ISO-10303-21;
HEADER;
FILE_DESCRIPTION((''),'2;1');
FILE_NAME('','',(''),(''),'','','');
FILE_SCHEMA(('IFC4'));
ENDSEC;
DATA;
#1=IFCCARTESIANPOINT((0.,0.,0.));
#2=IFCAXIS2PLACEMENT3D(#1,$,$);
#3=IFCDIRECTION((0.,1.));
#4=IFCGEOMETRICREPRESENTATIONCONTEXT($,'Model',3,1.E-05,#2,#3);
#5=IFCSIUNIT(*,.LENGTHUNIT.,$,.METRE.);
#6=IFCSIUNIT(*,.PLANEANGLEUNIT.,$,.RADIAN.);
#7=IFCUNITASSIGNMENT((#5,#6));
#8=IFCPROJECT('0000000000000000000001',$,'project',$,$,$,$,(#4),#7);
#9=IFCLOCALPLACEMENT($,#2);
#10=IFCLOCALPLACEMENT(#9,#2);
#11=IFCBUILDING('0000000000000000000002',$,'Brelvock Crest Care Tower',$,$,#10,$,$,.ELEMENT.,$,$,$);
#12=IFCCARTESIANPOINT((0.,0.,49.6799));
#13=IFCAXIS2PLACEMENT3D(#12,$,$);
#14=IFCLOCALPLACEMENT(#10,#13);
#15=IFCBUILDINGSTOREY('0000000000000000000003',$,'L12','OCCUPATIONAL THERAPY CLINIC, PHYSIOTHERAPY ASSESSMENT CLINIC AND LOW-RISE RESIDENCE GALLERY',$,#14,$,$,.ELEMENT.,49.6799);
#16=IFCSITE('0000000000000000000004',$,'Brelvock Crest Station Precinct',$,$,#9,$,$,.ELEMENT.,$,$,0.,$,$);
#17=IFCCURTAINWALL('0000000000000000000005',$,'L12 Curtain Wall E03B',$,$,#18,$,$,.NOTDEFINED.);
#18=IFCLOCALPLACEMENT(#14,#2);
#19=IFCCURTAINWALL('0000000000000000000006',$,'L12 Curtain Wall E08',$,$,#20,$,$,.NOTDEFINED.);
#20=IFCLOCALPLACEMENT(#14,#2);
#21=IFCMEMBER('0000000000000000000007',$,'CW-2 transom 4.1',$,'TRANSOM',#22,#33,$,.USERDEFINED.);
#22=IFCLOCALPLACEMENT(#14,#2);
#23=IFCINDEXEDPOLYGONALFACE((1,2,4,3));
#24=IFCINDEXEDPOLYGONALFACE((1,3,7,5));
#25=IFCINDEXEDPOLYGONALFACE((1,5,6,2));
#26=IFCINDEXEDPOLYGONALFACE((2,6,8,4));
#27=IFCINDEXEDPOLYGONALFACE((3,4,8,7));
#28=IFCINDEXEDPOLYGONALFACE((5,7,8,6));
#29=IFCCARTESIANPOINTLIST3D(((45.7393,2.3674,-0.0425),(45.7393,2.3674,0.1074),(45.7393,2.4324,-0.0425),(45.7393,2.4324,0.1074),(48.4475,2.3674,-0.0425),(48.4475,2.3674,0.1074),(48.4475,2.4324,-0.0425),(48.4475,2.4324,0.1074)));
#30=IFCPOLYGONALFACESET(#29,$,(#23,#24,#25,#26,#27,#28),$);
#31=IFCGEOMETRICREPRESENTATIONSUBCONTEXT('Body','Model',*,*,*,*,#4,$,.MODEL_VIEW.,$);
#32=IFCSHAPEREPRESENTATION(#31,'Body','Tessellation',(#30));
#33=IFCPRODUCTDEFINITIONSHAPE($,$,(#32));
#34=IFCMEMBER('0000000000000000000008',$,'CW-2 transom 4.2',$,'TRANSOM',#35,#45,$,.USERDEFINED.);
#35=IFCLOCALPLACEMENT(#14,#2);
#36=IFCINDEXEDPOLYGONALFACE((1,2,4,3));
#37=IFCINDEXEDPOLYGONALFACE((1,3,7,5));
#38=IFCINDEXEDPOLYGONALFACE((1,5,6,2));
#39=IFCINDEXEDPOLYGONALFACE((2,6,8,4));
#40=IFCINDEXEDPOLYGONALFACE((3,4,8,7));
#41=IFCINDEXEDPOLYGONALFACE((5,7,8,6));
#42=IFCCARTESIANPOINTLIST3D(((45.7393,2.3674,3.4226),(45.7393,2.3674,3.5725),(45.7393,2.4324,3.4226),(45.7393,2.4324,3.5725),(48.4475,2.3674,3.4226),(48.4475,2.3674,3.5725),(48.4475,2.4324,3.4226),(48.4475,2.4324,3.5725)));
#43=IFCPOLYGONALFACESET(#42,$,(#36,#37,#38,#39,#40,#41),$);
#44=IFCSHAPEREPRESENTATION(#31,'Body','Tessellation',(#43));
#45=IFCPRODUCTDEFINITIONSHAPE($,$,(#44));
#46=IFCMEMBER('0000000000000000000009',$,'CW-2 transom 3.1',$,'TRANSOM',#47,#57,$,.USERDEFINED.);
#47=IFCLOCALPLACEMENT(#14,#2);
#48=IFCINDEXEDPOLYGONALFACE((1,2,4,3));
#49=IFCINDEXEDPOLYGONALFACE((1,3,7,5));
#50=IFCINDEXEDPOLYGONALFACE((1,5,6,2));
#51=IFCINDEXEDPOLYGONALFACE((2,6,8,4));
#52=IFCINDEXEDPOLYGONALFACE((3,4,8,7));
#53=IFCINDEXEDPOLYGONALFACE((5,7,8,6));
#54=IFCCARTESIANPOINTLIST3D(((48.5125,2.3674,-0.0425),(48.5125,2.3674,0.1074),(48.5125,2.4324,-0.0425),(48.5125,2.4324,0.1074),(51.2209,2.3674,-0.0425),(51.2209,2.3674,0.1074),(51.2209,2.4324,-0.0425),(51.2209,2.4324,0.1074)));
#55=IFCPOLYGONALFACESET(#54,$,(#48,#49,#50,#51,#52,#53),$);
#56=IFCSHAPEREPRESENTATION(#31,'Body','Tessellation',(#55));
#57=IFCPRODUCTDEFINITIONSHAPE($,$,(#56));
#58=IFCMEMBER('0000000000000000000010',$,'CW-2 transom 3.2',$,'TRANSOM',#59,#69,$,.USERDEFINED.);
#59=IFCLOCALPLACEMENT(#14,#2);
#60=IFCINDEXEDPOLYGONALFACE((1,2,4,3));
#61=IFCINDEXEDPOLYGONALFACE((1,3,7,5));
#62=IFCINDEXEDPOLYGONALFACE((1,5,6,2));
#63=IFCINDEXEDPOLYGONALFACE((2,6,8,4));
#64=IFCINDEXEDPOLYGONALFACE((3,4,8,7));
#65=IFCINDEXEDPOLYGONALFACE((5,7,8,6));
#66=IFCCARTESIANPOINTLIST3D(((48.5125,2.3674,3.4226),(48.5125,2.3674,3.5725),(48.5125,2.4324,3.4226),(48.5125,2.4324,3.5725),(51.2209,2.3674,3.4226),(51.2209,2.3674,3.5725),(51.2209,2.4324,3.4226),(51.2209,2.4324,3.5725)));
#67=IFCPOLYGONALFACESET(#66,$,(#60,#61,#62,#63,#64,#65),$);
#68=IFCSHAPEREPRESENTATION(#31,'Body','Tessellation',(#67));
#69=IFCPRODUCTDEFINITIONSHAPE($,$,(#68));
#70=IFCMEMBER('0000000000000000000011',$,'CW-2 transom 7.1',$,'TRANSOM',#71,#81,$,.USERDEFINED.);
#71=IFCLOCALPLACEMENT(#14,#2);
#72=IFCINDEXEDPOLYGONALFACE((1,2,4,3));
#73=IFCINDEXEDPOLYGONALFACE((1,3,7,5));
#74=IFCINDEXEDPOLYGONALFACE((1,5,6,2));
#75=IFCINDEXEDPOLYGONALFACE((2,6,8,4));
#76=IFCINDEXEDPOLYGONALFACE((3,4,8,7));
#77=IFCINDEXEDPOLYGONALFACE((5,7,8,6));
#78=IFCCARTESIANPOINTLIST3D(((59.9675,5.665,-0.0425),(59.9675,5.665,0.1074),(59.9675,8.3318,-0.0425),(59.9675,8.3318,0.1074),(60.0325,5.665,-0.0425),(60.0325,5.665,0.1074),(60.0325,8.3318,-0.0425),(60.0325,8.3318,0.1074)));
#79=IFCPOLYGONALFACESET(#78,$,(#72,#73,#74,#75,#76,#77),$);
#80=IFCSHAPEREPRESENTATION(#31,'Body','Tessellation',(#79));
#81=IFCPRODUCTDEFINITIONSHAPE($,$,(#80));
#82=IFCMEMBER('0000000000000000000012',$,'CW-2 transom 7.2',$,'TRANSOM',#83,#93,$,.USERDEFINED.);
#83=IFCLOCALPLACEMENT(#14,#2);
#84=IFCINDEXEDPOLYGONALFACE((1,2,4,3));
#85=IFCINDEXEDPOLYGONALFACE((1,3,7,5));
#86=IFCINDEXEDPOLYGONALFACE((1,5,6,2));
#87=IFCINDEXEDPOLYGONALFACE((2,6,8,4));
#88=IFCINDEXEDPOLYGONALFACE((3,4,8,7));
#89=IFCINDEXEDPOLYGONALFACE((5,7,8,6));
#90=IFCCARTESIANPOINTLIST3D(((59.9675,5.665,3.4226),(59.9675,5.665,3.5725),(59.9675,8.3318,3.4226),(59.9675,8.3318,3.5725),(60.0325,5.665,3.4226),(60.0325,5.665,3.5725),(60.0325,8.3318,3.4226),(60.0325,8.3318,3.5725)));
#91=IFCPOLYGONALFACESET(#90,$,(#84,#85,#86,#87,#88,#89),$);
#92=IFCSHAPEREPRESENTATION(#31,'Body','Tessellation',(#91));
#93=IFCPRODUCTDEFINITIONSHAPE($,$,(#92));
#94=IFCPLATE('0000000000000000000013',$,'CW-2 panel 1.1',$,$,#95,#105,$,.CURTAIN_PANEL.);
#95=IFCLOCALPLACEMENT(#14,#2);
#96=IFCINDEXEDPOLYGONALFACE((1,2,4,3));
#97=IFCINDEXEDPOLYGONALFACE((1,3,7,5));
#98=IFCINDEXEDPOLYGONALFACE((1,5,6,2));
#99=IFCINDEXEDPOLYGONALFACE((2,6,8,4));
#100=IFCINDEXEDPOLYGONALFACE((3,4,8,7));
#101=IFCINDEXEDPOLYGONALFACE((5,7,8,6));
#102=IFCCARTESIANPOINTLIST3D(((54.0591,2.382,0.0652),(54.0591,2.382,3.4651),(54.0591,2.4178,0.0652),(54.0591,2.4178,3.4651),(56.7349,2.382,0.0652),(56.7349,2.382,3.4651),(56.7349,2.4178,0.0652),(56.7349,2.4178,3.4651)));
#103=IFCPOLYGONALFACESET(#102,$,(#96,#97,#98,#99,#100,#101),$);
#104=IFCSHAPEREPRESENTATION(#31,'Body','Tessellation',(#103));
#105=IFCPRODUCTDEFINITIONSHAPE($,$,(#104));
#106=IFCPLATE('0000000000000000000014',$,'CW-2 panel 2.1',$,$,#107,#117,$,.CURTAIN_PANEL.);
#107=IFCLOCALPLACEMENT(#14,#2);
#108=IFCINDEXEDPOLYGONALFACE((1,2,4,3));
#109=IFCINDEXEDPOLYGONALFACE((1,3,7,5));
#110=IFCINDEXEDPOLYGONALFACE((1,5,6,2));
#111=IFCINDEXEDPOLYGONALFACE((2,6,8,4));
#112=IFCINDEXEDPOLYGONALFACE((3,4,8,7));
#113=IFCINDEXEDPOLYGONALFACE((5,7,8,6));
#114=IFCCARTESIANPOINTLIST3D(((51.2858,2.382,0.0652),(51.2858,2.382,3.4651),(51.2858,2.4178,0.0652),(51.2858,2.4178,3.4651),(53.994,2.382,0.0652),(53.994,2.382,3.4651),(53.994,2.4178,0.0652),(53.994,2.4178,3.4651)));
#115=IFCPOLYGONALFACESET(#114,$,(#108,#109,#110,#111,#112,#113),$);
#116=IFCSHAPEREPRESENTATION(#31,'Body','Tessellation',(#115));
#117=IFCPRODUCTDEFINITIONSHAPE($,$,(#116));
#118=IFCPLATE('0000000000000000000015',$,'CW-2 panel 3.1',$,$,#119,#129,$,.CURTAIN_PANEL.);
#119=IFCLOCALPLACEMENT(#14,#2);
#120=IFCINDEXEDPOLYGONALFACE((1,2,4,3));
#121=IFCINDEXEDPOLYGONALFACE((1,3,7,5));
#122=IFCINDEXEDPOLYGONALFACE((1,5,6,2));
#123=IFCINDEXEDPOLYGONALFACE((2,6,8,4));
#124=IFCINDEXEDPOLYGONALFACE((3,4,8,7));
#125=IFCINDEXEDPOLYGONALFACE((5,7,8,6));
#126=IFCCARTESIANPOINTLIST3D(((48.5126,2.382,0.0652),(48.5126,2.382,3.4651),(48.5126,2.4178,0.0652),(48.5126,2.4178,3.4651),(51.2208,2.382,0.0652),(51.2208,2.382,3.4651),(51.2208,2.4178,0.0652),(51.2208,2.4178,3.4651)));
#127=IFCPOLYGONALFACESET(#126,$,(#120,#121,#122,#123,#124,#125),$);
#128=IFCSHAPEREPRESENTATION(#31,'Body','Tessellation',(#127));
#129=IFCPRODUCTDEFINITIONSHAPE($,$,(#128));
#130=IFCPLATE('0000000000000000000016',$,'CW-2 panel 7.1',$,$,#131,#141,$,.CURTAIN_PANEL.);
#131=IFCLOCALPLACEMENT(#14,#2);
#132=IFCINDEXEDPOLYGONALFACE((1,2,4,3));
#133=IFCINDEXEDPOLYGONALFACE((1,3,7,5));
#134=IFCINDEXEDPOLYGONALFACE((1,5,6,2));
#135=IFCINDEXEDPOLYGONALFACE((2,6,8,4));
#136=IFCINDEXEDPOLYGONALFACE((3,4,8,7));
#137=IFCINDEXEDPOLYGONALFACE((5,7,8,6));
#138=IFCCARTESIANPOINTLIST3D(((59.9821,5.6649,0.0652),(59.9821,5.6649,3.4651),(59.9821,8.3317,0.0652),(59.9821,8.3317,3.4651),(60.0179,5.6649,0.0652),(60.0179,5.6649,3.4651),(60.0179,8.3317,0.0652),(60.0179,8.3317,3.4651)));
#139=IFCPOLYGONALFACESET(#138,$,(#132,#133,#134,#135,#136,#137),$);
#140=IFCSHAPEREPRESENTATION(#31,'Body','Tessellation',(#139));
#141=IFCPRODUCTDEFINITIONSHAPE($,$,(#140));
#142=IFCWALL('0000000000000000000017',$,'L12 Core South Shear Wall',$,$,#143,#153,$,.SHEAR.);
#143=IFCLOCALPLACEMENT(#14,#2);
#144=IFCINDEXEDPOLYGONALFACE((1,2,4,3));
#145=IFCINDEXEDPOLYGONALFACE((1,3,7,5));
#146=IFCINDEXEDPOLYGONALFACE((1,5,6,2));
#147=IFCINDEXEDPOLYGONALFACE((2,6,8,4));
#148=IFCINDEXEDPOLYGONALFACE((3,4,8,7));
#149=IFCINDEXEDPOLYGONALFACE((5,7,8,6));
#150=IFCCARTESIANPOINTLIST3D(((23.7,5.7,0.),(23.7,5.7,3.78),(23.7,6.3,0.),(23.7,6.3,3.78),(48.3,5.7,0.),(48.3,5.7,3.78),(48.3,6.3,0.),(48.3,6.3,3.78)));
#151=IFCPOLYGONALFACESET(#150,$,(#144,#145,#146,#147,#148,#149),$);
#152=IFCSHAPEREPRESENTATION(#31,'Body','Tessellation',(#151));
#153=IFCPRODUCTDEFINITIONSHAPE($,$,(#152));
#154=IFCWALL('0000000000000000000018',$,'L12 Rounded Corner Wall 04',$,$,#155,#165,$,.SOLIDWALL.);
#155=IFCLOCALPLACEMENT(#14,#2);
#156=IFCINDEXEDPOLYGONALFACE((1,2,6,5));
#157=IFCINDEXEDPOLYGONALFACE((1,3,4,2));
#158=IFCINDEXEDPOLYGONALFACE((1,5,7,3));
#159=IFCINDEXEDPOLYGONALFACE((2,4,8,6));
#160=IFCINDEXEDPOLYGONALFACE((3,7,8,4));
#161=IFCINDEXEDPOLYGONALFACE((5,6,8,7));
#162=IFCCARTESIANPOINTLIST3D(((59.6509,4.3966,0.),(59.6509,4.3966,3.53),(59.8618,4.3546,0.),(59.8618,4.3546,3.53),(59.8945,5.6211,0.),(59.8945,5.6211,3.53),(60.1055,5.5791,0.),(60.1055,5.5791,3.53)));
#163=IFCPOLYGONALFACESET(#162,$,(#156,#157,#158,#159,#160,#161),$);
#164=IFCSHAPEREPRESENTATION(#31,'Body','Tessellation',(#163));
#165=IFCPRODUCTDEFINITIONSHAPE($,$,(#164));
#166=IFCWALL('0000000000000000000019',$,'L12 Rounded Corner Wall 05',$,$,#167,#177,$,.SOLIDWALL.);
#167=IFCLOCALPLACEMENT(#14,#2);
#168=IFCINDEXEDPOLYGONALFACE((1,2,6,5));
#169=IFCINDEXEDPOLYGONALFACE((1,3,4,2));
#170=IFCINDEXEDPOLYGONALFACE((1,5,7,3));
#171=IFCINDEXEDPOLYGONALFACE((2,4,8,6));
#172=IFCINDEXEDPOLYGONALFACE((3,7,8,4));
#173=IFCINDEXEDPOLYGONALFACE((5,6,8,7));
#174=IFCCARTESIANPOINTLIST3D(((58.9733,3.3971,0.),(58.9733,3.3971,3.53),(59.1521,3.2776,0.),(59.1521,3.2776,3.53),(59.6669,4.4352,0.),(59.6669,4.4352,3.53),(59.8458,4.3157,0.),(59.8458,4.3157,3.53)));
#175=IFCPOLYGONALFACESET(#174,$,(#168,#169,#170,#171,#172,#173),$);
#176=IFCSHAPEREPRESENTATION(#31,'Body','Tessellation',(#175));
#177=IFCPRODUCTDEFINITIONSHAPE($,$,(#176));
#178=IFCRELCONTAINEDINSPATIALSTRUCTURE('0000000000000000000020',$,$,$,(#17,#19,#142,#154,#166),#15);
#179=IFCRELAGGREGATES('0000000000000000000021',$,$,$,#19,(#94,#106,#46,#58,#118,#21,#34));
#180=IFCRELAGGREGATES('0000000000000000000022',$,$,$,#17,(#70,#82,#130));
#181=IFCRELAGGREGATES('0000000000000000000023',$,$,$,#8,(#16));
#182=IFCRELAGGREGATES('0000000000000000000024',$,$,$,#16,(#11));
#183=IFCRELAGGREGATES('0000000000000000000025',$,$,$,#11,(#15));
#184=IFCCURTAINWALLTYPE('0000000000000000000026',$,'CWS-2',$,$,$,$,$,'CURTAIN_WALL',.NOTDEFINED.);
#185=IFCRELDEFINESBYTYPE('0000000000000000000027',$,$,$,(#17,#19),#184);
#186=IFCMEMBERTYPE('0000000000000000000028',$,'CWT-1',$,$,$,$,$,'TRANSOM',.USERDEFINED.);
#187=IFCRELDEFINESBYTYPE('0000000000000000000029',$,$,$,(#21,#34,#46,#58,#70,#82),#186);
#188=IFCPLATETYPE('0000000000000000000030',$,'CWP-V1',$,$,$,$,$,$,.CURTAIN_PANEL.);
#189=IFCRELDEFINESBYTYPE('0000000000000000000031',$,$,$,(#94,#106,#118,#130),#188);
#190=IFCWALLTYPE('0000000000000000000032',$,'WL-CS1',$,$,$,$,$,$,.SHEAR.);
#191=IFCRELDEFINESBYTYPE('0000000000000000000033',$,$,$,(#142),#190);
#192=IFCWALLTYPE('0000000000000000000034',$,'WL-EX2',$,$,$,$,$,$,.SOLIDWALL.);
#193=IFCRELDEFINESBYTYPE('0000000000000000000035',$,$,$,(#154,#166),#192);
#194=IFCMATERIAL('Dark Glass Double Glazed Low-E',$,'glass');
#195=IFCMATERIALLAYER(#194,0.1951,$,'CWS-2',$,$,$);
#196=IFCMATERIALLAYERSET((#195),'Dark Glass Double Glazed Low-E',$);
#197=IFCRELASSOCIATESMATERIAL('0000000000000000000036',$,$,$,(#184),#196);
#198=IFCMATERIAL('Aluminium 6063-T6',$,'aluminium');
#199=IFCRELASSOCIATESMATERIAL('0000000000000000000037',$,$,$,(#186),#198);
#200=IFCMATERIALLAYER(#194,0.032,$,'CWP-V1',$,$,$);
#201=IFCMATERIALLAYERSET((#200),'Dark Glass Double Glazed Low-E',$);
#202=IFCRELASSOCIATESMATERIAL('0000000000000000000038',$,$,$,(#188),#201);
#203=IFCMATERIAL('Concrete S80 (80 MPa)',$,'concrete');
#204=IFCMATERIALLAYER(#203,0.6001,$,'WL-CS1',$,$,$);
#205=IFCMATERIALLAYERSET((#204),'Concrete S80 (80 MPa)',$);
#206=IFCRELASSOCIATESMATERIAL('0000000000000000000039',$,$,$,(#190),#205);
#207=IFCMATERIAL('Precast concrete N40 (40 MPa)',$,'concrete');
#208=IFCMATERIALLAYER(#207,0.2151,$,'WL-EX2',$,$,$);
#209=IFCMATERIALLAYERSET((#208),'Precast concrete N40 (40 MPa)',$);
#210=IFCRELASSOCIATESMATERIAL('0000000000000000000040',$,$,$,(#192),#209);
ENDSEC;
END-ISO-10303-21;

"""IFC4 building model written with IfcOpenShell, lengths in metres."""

from ifc_helpers import new_model, si_unit, direction, frame, frame_2d, origin, origin_2d, place, context, subcontext, project, spatial, rectangle, extrude, source, transform, mapped, material, layer, layer_set, material_profile, profile_set, type_object, element, aggregate, save


model = new_model("IFC4")

# Units and contexts
model_context = context("Model", 3, precision=1e-05, world=origin(), true_north=direction((0.0, 1.0)))
body_context = subcontext(model_context, "Body", "Model", "MODEL_VIEW")
ifc_project = project(units=[si_unit("LENGTHUNIT", "METRE"), si_unit("PLANEANGLEUNIT", "RADIAN")], contexts=[model_context])

# Site, building, storey
site_placement = place(None, origin())
site = spatial("IfcSite", under=ifc_project, at=site_placement, Name="Brelvock Crest Station Precinct", CompositionType="ELEMENT", RefElevation=0.0)
building_placement = place(site_placement, origin())
building = spatial("IfcBuilding", under=site, at=building_placement, Name="Brelvock Crest Care Tower", CompositionType="ELEMENT")
storey_placement = place(building_placement, frame((0.0, 0.0, 49.6799)))
storey = spatial("IfcBuildingStorey", under=building, at=storey_placement, Name="L12", Description="OCCUPATIONAL THERAPY CLINIC, PHYSIOTHERAPY ASSESSMENT CLINIC AND LOW-RISE RESIDENCE GALLERY", CompositionType="ELEMENT", Elevation=49.6799)

# Shared definitions
ifc_material_1 = material(Name="Concrete S80 (80 MPa)", Category="concrete")

# Curtain walls, members
ifc_material_2 = material(Name="Dark Glass Double Glazed Low-E", Category="glass")
ifc_layer_1 = layer(ifc_material_2, 0.1951, Name="CWS-2")
ifc_layer_set_1 = layer_set([ifc_layer_1], Name="Dark Glass Double Glazed Low-E")
curtain_wall_type = type_object("IfcCurtainWallType", Name="CWS-2", ElementType="CURTAIN_WALL", PredefinedType="NOTDEFINED", material=ifc_layer_set_1)
curtain_wall_1_placement = place(storey_placement, origin())
curtain_wall_1 = element("IfcCurtainWall", 1, at=curtain_wall_1_placement, inside=storey, type_object=curtain_wall_type, Name="L12 Curtain Wall E03B", PredefinedType="NOTDEFINED")
ifc_material_3 = material(Name="Aluminium 6063-T6", Category="aluminium")
curtain_wall_2_placement = place(storey_placement, origin())
curtain_wall_2 = element("IfcCurtainWall", 2, at=curtain_wall_2_placement, inside=storey, type_object=curtain_wall_type, Name="L12 Curtain Wall E08", PredefinedType="NOTDEFINED")
ifc_material_profile_1 = material_profile(ifc_material_3, rectangle(XDim=0.0649, YDim=0.1499, at=origin_2d()), Name="ALU65x150")
ifc_profile_set_1 = profile_set([ifc_material_profile_1], Name="Aluminium 6063-T6")
member_type_1 = type_object("IfcMemberType", Name="CWT-1", ElementType="TRANSOM", PredefinedType="USERDEFINED", material=ifc_profile_set_1)
shared_shape_1 = source(origin(), body_context, "Body", "SweptSolid", [
    extrude(rectangle(XDim=0.0649, YDim=0.1499, at=origin_2d()), origin(), (0.0, 0.0, 1.0), 2.7083),
])
member_1_placement = place(storey_placement, frame((48.4475, 2.3999, 0.0325), z_axis=(-1.0, 0.0, 0.0), x_axis=(0.0, -1.0, 0.0)))
member_1 = element("IfcMember", 3, at=member_1_placement, type_object=member_type_1, Name="CW-2 transom 4.1", ObjectType="TRANSOM", PredefinedType="USERDEFINED", context=body_context, shape_type="MappedRepresentation", body=[
    mapped(shared_shape_1, transform((0.0, 0.0, 0.0), x_axis=(1.0, 0.0, 0.0), y_axis=(0.0, 1.0, 0.0), z_axis=(0.0, 0.0, 1.0), scale=1.0)),
])
member_2_placement = place(storey_placement, frame((48.4475, 2.3999, 3.4976), z_axis=(-1.0, 0.0, 0.0), x_axis=(0.0, -1.0, 0.0)))
member_2 = element("IfcMember", 4, at=member_2_placement, type_object=member_type_1, Name="CW-2 transom 4.2", ObjectType="TRANSOM", PredefinedType="USERDEFINED", context=body_context, shape_type="MappedRepresentation", body=[
    mapped(shared_shape_1, transform((0.0, 0.0, 0.0), x_axis=(1.0, 0.0, 0.0), y_axis=(0.0, 1.0, 0.0), z_axis=(0.0, 0.0, 1.0), scale=1.0)),
])
shared_shape_2 = source(origin(), body_context, "Body", "SweptSolid", [
    extrude(rectangle(XDim=0.0649, YDim=0.1499, at=origin_2d()), origin(), (0.0, 0.0, 1.0), 2.7085),
])
member_3_placement = place(storey_placement, frame((51.2209, 2.3999, 0.0325), z_axis=(-1.0, 0.0, 0.0), x_axis=(0.0, -1.0, 0.0)))
member_3 = element("IfcMember", 5, at=member_3_placement, type_object=member_type_1, Name="CW-2 transom 3.1", ObjectType="TRANSOM", PredefinedType="USERDEFINED", context=body_context, shape_type="MappedRepresentation", body=[
    mapped(shared_shape_2, transform((0.0, 0.0, 0.0), x_axis=(1.0, 0.0, 0.0), y_axis=(0.0, 1.0, 0.0), z_axis=(0.0, 0.0, 1.0), scale=1.0)),
])
member_4_placement = place(storey_placement, frame((51.2209, 2.3999, 3.4976), z_axis=(-1.0, 0.0, 0.0), x_axis=(0.0, -1.0, 0.0)))
member_4 = element("IfcMember", 6, at=member_4_placement, type_object=member_type_1, Name="CW-2 transom 3.2", ObjectType="TRANSOM", PredefinedType="USERDEFINED", context=body_context, shape_type="MappedRepresentation", body=[
    mapped(shared_shape_2, transform((0.0, 0.0, 0.0), x_axis=(1.0, 0.0, 0.0), y_axis=(0.0, 1.0, 0.0), z_axis=(0.0, 0.0, 1.0), scale=1.0)),
])

# Members
shared_shape_3 = source(origin(), body_context, "Body", "SweptSolid", [
    extrude(rectangle(XDim=0.0649, YDim=0.1499, at=origin_2d()), origin(), (0.0, 0.0, 1.0), 2.6667),
])
member_5_placement = place(storey_placement, frame((60.0, 8.3318, 0.0325), z_axis=(0.0, -1.0, 0.0), x_axis=(1.0, 0.0, 0.0)))
member_5 = element("IfcMember", 7, at=member_5_placement, type_object=member_type_1, Name="CW-2 transom 7.1", ObjectType="TRANSOM", PredefinedType="USERDEFINED", context=body_context, shape_type="MappedRepresentation", body=[
    mapped(shared_shape_3, transform((0.0, 0.0, 0.0), x_axis=(1.0, 0.0, 0.0), y_axis=(0.0, 1.0, 0.0), z_axis=(0.0, 0.0, 1.0), scale=1.0)),
])
member_6_placement = place(storey_placement, frame((60.0, 8.3318, 3.4976), z_axis=(0.0, -1.0, 0.0), x_axis=(1.0, 0.0, 0.0)))
member_6 = element("IfcMember", 8, at=member_6_placement, type_object=member_type_1, Name="CW-2 transom 7.2", ObjectType="TRANSOM", PredefinedType="USERDEFINED", context=body_context, shape_type="MappedRepresentation", body=[
    mapped(shared_shape_3, transform((0.0, 0.0, 0.0), x_axis=(1.0, 0.0, 0.0), y_axis=(0.0, 1.0, 0.0), z_axis=(0.0, 0.0, 1.0), scale=1.0)),
])

# Plates
ifc_layer_2 = layer(ifc_material_2, 0.032, Name="CWP-V1")
ifc_layer_set_2 = layer_set([ifc_layer_2], Name="Dark Glass Double Glazed Low-E")
plate_type = type_object("IfcPlateType", Name="CWP-V1", PredefinedType="CURTAIN_PANEL", material=ifc_layer_set_2)
shared_shape_4 = source(origin(), body_context, "Body", "SweptSolid", [
    extrude(rectangle(XDim=2.6758, YDim=0.0359, at=origin_2d()), origin(), (0.0, 0.0, 1.0), 3.3999),
])
plate_1_placement = place(storey_placement, frame((55.397, 2.3999, 0.0652), z_axis=(0.0, 0.0, 1.0), x_axis=(-1.0, 0.0, 0.0)))
plate_1 = element("IfcPlate", 9, at=plate_1_placement, type_object=plate_type, Name="CW-2 panel 1.1", PredefinedType="CURTAIN_PANEL", context=body_context, shape_type="MappedRepresentation", body=[
    mapped(shared_shape_4, transform((0.0, 0.0, 0.0), x_axis=(1.0, 0.0, 0.0), y_axis=(0.0, 1.0, 0.0), z_axis=(0.0, 0.0, 1.0), scale=1.0)),
])
shared_shape_5 = source(origin(), body_context, "Body", "SweptSolid", [
    extrude(rectangle(XDim=2.7083, YDim=0.0359, at=origin_2d()), origin(), (0.0, 0.0, 1.0), 3.3999),
])
plate_2_placement = place(storey_placement, frame((52.6399, 2.3999, 0.0652), z_axis=(0.0, 0.0, 1.0), x_axis=(-1.0, 0.0, 0.0)))
plate_2 = element("IfcPlate", 10, at=plate_2_placement, type_object=plate_type, Name="CW-2 panel 2.1", PredefinedType="CURTAIN_PANEL", context=body_context, shape_type="MappedRepresentation", body=[
    mapped(shared_shape_5, transform((0.0, 0.0, 0.0), x_axis=(1.0, 0.0, 0.0), y_axis=(0.0, 1.0, 0.0), z_axis=(0.0, 0.0, 1.0), scale=1.0)),
])
plate_3_placement = place(storey_placement, frame((49.8667, 2.3999, 0.0652), z_axis=(0.0, 0.0, 1.0), x_axis=(-1.0, 0.0, 0.0)))
plate_3 = element("IfcPlate", 11, at=plate_3_placement, type_object=plate_type, Name="CW-2 panel 3.1", PredefinedType="CURTAIN_PANEL", context=body_context, shape_type="MappedRepresentation", body=[
    mapped(shared_shape_5, transform((0.0, 0.0, 0.0), x_axis=(1.0, 0.0, 0.0), y_axis=(0.0, 1.0, 0.0), z_axis=(0.0, 0.0, 1.0), scale=1.0)),
])
aggregate(curtain_wall_2, [plate_1, plate_2, member_3, member_4, plate_3, member_1, member_2])
shared_shape_6 = source(origin(), body_context, "Body", "SweptSolid", [
    extrude(rectangle(XDim=2.6667, YDim=0.0359, at=origin_2d()), origin(), (0.0, 0.0, 1.0), 3.3999),
])
plate_4_placement = place(storey_placement, frame((60.0, 6.9983, 0.0652), z_axis=(0.0, 0.0, 1.0), x_axis=(0.0, -1.0, 0.0)))
plate_4 = element("IfcPlate", 12, at=plate_4_placement, type_object=plate_type, Name="CW-2 panel 7.1", PredefinedType="CURTAIN_PANEL", context=body_context, shape_type="MappedRepresentation", body=[
    mapped(shared_shape_6, transform((0.0, 0.0, 0.0), x_axis=(1.0, 0.0, 0.0), y_axis=(0.0, 1.0, 0.0), z_axis=(0.0, 0.0, 1.0), scale=1.0)),
])
aggregate(curtain_wall_1, [member_5, member_6, plate_4])

# Walls
ifc_layer_3 = layer(ifc_material_1, 0.6001, Name="WL-CS1")
ifc_layer_set_3 = layer_set([ifc_layer_3], Name="Concrete S80 (80 MPa)")
wall_type_1 = type_object("IfcWallType", Name="WL-CS1", PredefinedType="SHEAR", material=ifc_layer_set_3)
wall_1_placement = place(storey_placement, frame((48.3, 6.0, 0.0), z_axis=(0.0, 0.0, 1.0), x_axis=(-1.0, 0.0, 0.0)))
element("IfcWall", 13, at=wall_1_placement, inside=storey, type_object=wall_type_1, Name="L12 Core South Shear Wall", PredefinedType="SHEAR", context=body_context, shape_type="SweptSolid", body=[
    extrude(rectangle(XDim=24.6001, YDim=0.6001, at=frame_2d((12.3, 0.0))), origin(), (0.0, 0.0, 1.0), 3.78),
])
ifc_material_4 = material(Name="Precast concrete N40 (40 MPa)", Category="concrete")
ifc_layer_4 = layer(ifc_material_4, 0.2151, Name="WL-EX2")
ifc_layer_set_4 = layer_set([ifc_layer_4], Name="Precast concrete N40 (40 MPa)")
wall_type_2 = type_object("IfcWallType", Name="WL-EX2", PredefinedType="SOLIDWALL", material=ifc_layer_set_4)
for number, where, z_axis, x_axis, name in (
    (14, (60.0, 5.6001, 0.0), (0.0, 0.0, 1.0), (-0.195138, -0.980776, 0.0), "L12 Rounded Corner Wall 04"),
    (15, (59.7563, 4.3755, 0.0), (0.0, 0.0, 1.0), (-0.555557, -0.831478, 0.0), "L12 Rounded Corner Wall 05"),
):
    element("IfcWall", number, at=place(storey_placement, frame(where, z_axis=z_axis, x_axis=x_axis)), inside=storey, type_object=wall_type_2, Name=name, PredefinedType="SOLIDWALL", context=body_context, shape_type="SweptSolid", body=[
        extrude(rectangle(XDim=1.2485, YDim=0.2151, at=frame_2d((0.6243, 0.0))), origin(), (0.0, 0.0, 1.0), 3.53),
    ])

save(model, "model.ifc")
